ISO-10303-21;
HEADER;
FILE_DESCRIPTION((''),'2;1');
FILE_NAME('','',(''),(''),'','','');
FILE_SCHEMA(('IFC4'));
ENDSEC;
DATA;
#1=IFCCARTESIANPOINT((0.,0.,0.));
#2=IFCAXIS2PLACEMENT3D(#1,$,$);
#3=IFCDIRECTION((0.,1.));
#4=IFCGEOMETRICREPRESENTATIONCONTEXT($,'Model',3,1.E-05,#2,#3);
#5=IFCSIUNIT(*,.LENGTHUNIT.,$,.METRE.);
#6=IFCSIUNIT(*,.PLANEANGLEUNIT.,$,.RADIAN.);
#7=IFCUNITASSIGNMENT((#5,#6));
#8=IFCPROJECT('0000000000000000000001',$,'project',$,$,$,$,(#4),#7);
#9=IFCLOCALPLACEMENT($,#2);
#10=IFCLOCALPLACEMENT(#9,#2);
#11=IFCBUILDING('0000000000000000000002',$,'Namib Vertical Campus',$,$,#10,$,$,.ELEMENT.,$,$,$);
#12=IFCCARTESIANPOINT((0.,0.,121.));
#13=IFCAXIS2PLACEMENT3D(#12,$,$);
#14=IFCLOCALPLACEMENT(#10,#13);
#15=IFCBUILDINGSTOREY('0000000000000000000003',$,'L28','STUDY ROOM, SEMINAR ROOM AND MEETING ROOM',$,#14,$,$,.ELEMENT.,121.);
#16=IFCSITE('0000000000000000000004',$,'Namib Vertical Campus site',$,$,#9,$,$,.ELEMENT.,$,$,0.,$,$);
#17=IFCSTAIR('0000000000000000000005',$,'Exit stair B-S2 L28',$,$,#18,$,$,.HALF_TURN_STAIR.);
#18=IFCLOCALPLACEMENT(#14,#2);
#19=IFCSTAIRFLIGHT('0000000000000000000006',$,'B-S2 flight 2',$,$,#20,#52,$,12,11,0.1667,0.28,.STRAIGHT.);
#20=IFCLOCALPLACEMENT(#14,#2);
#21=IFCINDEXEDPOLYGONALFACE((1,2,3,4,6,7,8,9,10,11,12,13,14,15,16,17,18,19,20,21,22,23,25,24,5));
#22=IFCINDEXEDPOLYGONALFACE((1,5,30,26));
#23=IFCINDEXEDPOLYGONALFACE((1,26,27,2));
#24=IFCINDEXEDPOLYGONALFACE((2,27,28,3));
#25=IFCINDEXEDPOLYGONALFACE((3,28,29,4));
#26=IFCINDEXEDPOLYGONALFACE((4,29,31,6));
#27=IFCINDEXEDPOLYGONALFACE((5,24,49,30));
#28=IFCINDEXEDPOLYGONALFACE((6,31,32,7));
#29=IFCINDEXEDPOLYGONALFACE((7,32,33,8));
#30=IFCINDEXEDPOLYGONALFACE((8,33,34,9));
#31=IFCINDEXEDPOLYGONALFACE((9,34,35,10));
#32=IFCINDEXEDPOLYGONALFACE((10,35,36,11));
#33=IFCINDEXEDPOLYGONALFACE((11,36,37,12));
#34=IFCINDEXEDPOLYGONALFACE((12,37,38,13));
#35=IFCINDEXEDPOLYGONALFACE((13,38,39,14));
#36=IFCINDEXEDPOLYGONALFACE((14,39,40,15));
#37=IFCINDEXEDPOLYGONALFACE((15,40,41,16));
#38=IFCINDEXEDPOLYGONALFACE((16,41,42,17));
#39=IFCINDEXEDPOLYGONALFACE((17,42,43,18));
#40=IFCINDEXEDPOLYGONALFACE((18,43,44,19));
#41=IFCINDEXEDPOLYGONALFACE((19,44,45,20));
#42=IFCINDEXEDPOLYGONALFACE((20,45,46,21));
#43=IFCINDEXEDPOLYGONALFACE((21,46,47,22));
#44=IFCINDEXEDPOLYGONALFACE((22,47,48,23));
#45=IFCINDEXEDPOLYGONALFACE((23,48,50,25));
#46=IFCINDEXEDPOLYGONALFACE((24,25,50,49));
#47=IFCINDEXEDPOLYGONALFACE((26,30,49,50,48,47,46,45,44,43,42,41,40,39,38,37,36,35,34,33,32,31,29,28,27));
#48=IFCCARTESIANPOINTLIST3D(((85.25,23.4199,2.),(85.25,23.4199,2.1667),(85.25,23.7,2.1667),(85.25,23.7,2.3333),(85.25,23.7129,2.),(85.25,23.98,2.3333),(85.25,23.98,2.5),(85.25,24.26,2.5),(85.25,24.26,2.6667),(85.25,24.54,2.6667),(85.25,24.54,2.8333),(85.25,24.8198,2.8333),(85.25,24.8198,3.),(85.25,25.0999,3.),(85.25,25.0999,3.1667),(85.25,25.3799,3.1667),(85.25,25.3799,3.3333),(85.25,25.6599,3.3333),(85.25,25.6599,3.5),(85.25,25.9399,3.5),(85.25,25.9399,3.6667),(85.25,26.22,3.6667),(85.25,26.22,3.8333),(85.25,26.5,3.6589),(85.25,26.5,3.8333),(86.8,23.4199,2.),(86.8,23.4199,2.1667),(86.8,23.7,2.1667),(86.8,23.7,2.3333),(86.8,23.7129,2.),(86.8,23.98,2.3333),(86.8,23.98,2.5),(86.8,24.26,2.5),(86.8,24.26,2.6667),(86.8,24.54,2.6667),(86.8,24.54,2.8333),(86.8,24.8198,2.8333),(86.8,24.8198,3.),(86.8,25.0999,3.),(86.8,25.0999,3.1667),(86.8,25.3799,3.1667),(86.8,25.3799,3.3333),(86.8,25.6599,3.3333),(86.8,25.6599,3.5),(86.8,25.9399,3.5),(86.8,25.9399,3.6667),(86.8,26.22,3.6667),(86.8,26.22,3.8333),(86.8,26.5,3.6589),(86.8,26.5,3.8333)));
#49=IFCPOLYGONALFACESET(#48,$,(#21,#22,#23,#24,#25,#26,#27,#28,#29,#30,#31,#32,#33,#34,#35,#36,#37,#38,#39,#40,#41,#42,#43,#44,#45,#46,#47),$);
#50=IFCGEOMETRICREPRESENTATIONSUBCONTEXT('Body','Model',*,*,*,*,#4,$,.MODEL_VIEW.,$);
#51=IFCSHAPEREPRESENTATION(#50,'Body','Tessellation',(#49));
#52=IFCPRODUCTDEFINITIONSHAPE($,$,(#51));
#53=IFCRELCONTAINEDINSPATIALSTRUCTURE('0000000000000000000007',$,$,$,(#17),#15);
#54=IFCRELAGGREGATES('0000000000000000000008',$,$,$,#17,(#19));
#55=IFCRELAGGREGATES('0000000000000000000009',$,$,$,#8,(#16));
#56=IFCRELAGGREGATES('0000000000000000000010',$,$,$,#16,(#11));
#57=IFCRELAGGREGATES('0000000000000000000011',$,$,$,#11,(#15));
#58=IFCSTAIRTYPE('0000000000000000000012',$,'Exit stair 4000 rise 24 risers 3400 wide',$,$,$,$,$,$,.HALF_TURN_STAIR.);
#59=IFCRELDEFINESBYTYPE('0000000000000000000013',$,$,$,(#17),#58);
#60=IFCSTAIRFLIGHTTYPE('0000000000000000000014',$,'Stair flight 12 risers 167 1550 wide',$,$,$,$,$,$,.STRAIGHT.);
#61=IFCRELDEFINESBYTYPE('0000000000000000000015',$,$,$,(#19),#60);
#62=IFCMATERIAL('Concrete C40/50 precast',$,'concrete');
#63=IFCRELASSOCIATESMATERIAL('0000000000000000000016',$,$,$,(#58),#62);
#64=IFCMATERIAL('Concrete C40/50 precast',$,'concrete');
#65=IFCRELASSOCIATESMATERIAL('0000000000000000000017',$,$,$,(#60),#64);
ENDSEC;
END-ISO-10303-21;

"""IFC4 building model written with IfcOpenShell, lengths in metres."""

from ifc_helpers import new_model, si_unit, direction, frame, origin, place, context, subcontext, project, spatial, polyline, outline, extrude, material, type_object, element, aggregate, save


model = new_model("IFC4")

# Units and contexts
model_context = context("Model", 3, precision=1e-05, world=origin(), true_north=direction((0.0, 1.0)))
body_context = subcontext(model_context, "Body", "Model", "MODEL_VIEW")
ifc_project = project(units=[si_unit("LENGTHUNIT", "METRE"), si_unit("PLANEANGLEUNIT", "RADIAN")], contexts=[model_context])

# Site, building, storey
site_placement = place(None, origin())
site = spatial("IfcSite", under=ifc_project, at=site_placement, Name="Namib Vertical Campus site", CompositionType="ELEMENT", RefElevation=0.0)
building_placement = place(site_placement, origin())
building = spatial("IfcBuilding", under=site, at=building_placement, Name="Namib Vertical Campus", CompositionType="ELEMENT")
storey_placement = place(building_placement, frame((0.0, 0.0, 121.0)))
storey = spatial("IfcBuildingStorey", under=building, at=storey_placement, Name="L28", Description="STUDY ROOM, SEMINAR ROOM AND MEETING ROOM", CompositionType="ELEMENT", Elevation=121.0)

# Stair, stair flight
ifc_material_1 = material(Name="Concrete C40/50 precast", Category="concrete")
stair_type = type_object("IfcStairType", Name="Exit stair 4000 rise 24 risers 3400 wide", PredefinedType="HALF_TURN_STAIR", material=ifc_material_1)
stair_placement = place(storey_placement, origin())
stair = element("IfcStair", 1, at=stair_placement, inside=storey, type_object=stair_type, Name="Exit stair B-S2 L28", PredefinedType="HALF_TURN_STAIR")
ifc_material_2 = material(Name="Concrete C40/50 precast", Category="concrete")
stair_flight_type = type_object("IfcStairFlightType", Name="Stair flight 12 risers 167 1550 wide", PredefinedType="STRAIGHT", material=ifc_material_2)
stair_flight_1_placement = place(storey_placement, frame((86.0249, 23.4199, 2.0), z_axis=(0.0, 0.0, 1.0), x_axis=(0.0, 1.0, 0.0)))
stair_flight_1 = element("IfcStairFlight", 2, at=stair_flight_1_placement, type_object=stair_flight_type, Name="B-S2 flight 2", NumberOfRisers=12, NumberOfTreads=11, PredefinedType="STRAIGHT", RiserHeight=0.1667, TreadLength=0.28, context=body_context, shape_type="SweptSolid", body=[
    extrude(outline(polyline([(0.0, 0.0), (0.0, 0.1667), (0.28, 0.1667), (0.28, 0.3333), (0.5601, 0.3333), (0.5601, 0.5), (0.8401, 0.5), (0.8401, 0.6667), (1.1201, 0.6667), (1.1201, 0.8333), (1.3999, 0.8333), (1.3999, 1.0), (1.6799, 1.0), (1.6799, 1.1667), (1.96, 1.1667), (1.96, 1.3333), (2.24, 1.3333), (2.24, 1.5), (2.52, 1.5), (2.52, 1.6667), (2.8, 1.6667), (2.8, 1.8333), (3.0801, 1.8333), (3.0801, 2.0), (3.0801, 1.6589), (0.293, 0.0), (0.0, 0.0)])), frame((0.0, 0.7749, 0.0), z_axis=(0.0, -1.0, 0.0), x_axis=(1.0, 0.0, 0.0)), (0.0, 0.0, 1.0), 1.55),
])
aggregate(stair, [stair_flight_1])

save(model, "model.ifc")
